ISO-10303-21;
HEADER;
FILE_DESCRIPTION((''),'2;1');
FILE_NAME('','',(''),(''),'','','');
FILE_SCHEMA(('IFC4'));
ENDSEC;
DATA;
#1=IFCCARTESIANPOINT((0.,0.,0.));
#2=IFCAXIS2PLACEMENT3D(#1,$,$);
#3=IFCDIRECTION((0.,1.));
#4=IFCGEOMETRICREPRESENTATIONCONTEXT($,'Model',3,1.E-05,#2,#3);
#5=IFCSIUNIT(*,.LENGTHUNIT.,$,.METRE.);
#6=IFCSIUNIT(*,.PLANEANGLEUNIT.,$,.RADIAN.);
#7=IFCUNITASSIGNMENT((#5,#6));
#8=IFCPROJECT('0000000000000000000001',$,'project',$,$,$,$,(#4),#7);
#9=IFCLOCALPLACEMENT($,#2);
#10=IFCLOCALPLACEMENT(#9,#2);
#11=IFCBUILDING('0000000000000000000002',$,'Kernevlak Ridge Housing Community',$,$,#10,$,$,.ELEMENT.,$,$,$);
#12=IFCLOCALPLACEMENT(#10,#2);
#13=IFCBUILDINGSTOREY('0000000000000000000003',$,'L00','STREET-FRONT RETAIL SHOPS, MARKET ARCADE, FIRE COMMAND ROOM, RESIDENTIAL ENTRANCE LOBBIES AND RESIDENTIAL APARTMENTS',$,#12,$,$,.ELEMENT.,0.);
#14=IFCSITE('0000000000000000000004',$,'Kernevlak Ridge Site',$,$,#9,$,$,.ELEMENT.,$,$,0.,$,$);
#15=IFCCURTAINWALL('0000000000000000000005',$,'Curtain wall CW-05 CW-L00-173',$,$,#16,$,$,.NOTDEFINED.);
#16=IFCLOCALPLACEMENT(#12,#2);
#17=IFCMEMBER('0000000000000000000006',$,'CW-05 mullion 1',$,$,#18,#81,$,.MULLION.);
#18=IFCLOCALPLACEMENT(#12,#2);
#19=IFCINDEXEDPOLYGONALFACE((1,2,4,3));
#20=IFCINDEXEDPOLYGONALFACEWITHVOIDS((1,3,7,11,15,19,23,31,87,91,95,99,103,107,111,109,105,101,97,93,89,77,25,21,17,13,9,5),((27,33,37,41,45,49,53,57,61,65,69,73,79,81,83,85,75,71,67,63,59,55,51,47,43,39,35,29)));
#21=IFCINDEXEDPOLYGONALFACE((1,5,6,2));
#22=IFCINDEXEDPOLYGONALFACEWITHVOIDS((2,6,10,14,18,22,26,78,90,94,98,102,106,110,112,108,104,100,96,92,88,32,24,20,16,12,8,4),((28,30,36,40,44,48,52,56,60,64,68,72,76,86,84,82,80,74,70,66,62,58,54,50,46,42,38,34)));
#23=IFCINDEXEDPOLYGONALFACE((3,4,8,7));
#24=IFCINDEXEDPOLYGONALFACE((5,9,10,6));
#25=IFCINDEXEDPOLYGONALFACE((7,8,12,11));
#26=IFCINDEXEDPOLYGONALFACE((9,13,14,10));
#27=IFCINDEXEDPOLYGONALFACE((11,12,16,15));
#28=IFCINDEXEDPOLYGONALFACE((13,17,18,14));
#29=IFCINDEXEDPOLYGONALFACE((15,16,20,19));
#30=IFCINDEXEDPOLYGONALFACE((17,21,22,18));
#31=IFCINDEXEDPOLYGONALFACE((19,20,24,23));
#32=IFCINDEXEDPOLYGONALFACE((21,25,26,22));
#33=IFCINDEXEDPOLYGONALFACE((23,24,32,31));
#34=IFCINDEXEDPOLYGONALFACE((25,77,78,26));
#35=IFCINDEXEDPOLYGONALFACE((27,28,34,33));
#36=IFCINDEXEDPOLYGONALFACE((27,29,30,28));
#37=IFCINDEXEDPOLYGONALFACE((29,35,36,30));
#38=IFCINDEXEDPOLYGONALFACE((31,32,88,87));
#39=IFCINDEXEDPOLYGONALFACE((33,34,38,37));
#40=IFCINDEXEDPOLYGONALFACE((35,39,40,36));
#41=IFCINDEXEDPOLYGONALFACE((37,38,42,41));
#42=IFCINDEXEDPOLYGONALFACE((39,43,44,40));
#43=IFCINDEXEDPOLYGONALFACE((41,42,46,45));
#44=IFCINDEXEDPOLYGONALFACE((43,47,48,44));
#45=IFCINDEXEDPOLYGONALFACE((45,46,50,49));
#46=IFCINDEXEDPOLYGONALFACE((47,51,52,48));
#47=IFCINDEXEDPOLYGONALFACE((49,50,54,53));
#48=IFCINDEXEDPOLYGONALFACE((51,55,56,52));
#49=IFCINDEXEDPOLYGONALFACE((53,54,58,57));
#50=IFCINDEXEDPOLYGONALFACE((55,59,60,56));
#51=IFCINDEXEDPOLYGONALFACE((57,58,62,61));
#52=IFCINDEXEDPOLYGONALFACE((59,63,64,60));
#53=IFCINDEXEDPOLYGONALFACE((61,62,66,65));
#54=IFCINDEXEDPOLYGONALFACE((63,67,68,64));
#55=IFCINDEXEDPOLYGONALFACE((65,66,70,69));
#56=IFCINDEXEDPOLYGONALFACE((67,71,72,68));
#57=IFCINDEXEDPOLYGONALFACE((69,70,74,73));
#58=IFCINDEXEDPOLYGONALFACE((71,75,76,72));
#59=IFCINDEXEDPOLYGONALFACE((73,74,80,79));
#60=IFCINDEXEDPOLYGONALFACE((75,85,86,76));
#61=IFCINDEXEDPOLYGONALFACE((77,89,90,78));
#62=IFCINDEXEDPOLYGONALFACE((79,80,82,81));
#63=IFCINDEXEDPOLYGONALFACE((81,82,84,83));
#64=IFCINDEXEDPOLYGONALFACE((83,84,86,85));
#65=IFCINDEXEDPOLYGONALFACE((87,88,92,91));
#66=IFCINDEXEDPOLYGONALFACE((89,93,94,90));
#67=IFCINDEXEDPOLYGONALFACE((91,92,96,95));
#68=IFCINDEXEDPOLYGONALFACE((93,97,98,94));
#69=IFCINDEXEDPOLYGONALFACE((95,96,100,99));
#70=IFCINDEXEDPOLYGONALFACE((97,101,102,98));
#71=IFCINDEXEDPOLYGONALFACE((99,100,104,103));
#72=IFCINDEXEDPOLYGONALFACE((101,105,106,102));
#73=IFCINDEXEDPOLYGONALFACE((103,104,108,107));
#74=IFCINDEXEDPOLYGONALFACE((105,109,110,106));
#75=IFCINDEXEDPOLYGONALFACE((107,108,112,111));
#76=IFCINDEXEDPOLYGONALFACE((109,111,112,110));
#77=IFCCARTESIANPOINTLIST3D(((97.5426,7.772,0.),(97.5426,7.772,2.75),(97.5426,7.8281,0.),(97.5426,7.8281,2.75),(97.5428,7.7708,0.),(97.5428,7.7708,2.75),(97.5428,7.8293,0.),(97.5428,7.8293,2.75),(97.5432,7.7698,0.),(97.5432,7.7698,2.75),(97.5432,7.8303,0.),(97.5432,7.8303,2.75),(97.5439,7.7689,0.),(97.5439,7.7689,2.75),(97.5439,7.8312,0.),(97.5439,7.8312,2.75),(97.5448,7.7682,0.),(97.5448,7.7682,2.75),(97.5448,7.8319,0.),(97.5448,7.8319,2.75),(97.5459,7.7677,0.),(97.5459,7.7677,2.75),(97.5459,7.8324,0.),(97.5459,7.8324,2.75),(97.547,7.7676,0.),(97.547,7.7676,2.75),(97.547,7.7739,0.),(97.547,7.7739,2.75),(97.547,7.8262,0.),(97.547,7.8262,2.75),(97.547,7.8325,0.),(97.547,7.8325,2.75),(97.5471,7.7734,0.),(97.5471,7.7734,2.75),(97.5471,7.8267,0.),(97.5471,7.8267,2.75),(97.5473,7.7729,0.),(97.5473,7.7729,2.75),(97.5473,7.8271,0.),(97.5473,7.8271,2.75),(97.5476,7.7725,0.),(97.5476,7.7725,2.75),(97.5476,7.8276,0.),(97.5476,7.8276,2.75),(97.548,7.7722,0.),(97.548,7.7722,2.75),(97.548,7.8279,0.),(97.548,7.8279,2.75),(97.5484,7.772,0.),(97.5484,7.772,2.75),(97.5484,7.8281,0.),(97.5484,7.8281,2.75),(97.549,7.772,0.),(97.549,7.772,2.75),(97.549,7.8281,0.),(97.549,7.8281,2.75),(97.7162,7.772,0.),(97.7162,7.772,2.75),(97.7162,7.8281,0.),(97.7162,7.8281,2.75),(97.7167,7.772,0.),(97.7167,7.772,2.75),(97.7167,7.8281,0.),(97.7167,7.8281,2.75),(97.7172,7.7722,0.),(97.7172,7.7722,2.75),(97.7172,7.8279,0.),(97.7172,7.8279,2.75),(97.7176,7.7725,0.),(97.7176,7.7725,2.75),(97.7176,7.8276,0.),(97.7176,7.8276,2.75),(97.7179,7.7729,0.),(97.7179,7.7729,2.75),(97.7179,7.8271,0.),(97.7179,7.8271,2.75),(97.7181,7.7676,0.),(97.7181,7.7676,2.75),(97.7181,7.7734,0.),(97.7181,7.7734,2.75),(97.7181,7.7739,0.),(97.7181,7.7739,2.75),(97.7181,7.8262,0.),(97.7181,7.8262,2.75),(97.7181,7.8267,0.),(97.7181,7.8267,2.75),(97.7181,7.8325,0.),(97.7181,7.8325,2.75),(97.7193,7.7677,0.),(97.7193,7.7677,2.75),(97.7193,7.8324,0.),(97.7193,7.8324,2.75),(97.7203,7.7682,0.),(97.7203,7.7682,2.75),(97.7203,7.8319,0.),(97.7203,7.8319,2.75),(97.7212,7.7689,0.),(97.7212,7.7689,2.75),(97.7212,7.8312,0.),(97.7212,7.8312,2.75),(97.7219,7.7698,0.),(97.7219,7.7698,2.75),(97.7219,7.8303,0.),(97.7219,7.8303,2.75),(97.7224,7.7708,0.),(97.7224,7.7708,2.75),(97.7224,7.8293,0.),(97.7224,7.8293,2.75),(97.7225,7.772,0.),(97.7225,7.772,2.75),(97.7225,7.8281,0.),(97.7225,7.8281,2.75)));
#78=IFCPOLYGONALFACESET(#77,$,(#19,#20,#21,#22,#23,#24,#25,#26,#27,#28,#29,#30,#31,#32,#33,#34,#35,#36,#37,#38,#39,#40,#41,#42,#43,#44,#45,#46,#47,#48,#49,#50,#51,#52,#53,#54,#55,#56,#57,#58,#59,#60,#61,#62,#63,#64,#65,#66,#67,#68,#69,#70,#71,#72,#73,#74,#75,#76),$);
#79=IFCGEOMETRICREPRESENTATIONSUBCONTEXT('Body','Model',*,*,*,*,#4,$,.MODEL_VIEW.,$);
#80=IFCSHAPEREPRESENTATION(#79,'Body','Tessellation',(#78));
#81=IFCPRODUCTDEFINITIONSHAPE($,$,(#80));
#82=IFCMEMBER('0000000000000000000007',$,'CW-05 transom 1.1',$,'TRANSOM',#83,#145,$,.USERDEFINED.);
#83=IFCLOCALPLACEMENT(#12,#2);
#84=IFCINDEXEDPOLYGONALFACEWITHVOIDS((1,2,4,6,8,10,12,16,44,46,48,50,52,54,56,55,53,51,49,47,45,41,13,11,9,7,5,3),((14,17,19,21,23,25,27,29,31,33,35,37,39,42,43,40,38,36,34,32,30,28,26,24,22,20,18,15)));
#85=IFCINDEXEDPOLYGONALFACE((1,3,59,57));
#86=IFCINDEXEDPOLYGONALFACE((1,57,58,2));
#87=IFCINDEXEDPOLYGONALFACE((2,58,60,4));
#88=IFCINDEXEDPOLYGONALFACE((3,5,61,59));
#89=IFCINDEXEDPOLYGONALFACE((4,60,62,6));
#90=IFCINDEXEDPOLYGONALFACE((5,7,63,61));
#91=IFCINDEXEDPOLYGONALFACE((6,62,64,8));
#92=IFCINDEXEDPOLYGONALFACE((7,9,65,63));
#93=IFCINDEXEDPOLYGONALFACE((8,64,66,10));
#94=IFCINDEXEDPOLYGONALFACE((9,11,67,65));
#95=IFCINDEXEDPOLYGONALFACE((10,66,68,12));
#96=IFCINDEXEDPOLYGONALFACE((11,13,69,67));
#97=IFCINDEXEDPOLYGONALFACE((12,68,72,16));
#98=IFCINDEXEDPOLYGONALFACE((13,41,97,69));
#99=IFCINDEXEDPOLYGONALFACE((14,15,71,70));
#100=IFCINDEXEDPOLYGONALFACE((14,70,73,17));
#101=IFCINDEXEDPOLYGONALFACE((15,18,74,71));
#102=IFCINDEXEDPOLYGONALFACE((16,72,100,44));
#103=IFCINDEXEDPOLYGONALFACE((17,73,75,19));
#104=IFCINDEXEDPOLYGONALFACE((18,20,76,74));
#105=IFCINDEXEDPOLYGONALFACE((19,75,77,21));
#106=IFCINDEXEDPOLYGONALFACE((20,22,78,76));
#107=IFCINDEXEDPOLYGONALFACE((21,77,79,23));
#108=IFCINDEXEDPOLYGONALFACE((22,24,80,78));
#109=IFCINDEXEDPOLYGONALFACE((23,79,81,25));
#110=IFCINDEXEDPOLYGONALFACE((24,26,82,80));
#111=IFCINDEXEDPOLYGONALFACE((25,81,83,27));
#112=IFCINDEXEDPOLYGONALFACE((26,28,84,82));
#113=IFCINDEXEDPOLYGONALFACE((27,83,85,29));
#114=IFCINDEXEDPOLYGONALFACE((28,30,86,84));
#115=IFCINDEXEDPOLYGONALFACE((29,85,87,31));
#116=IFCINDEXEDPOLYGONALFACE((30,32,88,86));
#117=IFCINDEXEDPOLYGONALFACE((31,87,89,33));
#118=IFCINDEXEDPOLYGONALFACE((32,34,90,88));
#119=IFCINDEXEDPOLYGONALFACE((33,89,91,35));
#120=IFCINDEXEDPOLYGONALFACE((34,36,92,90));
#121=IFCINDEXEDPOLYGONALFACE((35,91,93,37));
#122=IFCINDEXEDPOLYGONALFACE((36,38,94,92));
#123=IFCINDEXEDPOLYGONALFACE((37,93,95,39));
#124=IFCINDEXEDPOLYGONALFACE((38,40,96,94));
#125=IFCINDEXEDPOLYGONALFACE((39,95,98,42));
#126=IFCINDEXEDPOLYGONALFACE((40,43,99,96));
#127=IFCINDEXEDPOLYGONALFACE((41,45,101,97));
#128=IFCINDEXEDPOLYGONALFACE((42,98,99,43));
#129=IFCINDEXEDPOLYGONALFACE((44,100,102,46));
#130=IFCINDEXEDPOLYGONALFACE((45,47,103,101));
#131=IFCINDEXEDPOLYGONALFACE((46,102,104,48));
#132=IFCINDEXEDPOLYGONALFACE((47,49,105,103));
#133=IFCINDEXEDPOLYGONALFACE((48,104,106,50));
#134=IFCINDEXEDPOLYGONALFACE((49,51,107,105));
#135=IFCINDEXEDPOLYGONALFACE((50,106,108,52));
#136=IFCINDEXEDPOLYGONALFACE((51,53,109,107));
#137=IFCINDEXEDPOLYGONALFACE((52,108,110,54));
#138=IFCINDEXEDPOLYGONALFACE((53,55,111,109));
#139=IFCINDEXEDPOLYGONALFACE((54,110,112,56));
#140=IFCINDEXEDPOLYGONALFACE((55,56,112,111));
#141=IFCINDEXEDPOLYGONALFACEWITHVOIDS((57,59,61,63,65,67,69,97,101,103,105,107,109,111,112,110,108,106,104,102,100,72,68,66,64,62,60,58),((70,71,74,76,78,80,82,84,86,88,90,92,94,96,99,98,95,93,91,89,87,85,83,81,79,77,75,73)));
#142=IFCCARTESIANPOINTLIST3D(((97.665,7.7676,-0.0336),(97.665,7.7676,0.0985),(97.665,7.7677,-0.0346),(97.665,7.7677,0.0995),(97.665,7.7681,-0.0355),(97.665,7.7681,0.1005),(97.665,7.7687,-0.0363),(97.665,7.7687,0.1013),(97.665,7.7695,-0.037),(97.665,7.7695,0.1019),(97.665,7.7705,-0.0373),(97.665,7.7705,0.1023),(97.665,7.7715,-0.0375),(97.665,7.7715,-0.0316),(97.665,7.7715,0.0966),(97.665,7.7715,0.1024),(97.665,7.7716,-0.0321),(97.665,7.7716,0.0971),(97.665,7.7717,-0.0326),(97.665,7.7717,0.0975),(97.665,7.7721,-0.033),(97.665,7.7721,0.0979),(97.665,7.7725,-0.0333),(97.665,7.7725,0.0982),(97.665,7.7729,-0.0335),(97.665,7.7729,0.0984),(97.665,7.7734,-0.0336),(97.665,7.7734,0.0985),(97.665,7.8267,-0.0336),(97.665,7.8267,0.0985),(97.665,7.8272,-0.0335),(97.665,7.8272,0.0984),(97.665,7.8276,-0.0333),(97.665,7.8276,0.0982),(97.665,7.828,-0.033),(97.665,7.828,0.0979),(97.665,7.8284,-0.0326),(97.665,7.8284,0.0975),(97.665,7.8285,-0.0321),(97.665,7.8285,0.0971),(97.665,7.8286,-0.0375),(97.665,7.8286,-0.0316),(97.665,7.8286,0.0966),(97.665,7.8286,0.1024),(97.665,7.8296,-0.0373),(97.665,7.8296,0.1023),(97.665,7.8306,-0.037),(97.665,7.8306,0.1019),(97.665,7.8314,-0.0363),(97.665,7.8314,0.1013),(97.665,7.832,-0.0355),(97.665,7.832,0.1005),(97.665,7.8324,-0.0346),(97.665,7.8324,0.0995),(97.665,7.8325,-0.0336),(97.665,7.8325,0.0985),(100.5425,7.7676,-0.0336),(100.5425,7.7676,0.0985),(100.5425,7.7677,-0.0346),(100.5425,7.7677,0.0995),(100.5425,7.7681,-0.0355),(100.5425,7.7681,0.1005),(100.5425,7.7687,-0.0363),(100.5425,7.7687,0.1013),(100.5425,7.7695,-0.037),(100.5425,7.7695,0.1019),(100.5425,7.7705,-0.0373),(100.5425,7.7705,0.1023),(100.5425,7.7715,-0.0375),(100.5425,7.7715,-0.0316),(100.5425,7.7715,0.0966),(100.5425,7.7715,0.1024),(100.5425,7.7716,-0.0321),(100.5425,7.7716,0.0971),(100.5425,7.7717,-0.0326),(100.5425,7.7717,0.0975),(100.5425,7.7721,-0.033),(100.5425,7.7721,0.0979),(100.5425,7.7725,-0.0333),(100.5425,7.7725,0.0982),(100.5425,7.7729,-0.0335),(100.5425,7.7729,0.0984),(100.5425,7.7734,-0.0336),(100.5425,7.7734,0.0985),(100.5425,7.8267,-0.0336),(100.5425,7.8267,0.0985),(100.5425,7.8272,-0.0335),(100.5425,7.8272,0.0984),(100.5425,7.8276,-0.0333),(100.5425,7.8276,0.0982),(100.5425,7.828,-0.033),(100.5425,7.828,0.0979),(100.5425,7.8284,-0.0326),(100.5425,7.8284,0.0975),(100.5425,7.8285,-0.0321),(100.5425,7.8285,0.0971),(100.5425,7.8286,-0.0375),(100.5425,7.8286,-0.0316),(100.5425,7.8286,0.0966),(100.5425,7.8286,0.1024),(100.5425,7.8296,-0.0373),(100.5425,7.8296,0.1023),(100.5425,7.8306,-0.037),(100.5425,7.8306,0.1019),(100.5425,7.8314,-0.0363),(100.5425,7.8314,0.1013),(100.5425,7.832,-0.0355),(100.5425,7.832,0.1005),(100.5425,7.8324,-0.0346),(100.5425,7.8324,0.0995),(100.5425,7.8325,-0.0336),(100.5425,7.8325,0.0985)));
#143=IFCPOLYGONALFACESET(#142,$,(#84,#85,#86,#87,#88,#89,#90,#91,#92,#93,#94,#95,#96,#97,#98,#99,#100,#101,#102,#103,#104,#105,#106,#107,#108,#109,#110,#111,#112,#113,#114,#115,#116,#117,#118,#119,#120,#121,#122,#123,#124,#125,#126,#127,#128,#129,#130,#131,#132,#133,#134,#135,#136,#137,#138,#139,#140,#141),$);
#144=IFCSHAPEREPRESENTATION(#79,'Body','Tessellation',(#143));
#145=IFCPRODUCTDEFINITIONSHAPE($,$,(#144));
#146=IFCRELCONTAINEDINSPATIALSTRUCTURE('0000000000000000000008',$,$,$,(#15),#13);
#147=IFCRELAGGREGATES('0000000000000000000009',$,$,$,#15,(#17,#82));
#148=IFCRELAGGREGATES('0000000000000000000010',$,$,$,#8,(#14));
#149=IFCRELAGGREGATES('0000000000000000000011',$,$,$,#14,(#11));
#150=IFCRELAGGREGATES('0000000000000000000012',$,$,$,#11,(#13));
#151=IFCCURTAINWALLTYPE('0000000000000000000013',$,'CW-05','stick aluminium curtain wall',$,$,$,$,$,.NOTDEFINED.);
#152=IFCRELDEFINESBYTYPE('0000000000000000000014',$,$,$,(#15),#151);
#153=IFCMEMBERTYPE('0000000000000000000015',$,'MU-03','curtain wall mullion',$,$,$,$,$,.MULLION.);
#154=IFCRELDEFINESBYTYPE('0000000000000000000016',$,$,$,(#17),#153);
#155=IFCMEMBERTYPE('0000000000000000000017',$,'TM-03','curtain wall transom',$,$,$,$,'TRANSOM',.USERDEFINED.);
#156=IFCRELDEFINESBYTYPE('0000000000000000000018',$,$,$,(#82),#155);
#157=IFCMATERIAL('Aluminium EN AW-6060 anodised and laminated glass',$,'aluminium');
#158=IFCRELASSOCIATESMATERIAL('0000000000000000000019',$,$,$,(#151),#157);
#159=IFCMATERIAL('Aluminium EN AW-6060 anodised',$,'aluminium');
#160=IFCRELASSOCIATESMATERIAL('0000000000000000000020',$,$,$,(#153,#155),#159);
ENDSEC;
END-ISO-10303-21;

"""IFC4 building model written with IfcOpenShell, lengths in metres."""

from ifc_helpers import new_model, si_unit, direction, frame, origin, origin_2d, place, context, subcontext, project, spatial, hollow_rectangle, extrude, material, material_profile, profile_set, type_object, element, aggregate, save


model = new_model("IFC4")

# Units and contexts
model_context = context("Model", 3, precision=1e-05, world=origin(), true_north=direction((0.0, 1.0)))
body_context = subcontext(model_context, "Body", "Model", "MODEL_VIEW")
ifc_project = project(units=[si_unit("LENGTHUNIT", "METRE"), si_unit("PLANEANGLEUNIT", "RADIAN")], contexts=[model_context])

# Site, building, storey
site_placement = place(None, origin())
site = spatial("IfcSite", under=ifc_project, at=site_placement, Name="Kernevlak Ridge Site", CompositionType="ELEMENT", RefElevation=0.0)
building_placement = place(site_placement, origin())
building = spatial("IfcBuilding", under=site, at=building_placement, Name="Kernevlak Ridge Housing Community", CompositionType="ELEMENT")
storey_placement = place(building_placement, origin())
storey = spatial("IfcBuildingStorey", under=building, at=storey_placement, Name="L00", Description="STREET-FRONT RETAIL SHOPS, MARKET ARCADE, FIRE COMMAND ROOM, RESIDENTIAL ENTRANCE LOBBIES AND RESIDENTIAL APARTMENTS", CompositionType="ELEMENT", Elevation=0.0)

# Curtain wall, members
ifc_material_1 = material(Name="Aluminium EN AW-6060 anodised and laminated glass", Category="aluminium")
curtain_wall_type = type_object("IfcCurtainWallType", Name="CW-05", Description="stick aluminium curtain wall", PredefinedType="NOTDEFINED", material=ifc_material_1)
curtain_wall_placement = place(storey_placement, origin())
curtain_wall = element("IfcCurtainWall", 1, at=curtain_wall_placement, inside=storey, type_object=curtain_wall_type, Name="Curtain wall CW-05 CW-L00-173", PredefinedType="NOTDEFINED")
ifc_material_2 = material(Name="Aluminium EN AW-6060 anodised", Category="aluminium")
ifc_material_profile_1 = material_profile(ifc_material_2, hollow_rectangle(XDim=0.0649, YDim=0.1799, WallThickness=0.0044, InnerFilletRadius=0.002, OuterFilletRadius=0.0044, at=origin_2d()), Name="ALU 65x180x4.5")
ifc_profile_set_1 = profile_set([ifc_material_profile_1], Name="Aluminium EN AW-6060 anodised")
member_type_1 = type_object("IfcMemberType", Name="MU-03", Description="curtain wall mullion", PredefinedType="MULLION", material=ifc_profile_set_1)
member_1_placement = place(storey_placement, frame((97.6326, 7.8, 0.0), z_axis=(0.0, 0.0, 1.0), x_axis=(0.0, 1.0, 0.0)))
member_1 = element("IfcMember", 2, at=member_1_placement, type_object=member_type_1, Name="CW-05 mullion 1", PredefinedType="MULLION", context=body_context, shape_type="SweptSolid", body=[
    extrude(hollow_rectangle(XDim=0.0649, YDim=0.1799, WallThickness=0.0044, InnerFilletRadius=0.002, OuterFilletRadius=0.0044, at=origin_2d()), origin(), (0.0, 0.0, 1.0), 2.75),
])
ifc_material_profile_2 = material_profile(ifc_material_2, hollow_rectangle(XDim=0.0649, YDim=0.1399, WallThickness=0.0039, InnerFilletRadius=0.002, OuterFilletRadius=0.0039, at=origin_2d()), Name="ALU 65x140x4")
ifc_profile_set_2 = profile_set([ifc_material_profile_2], Name="Aluminium EN AW-6060 anodised")
member_type_2 = type_object("IfcMemberType", Name="TM-03", Description="curtain wall transom", ElementType="TRANSOM", PredefinedType="USERDEFINED", material=ifc_profile_set_2)
member_2_placement = place(storey_placement, frame((97.665, 7.8, 0.0325), z_axis=(1.0, 0.0, 0.0), x_axis=(0.0, 1.0, 0.0)))
member_2 = element("IfcMember", 3, at=member_2_placement, type_object=member_type_2, Name="CW-05 transom 1.1", ObjectType="TRANSOM", PredefinedType="USERDEFINED", context=body_context, shape_type="SweptSolid", body=[
    extrude(hollow_rectangle(XDim=0.0649, YDim=0.1399, WallThickness=0.0039, InnerFilletRadius=0.002, OuterFilletRadius=0.0039, at=origin_2d()), origin(), (0.0, 0.0, 1.0), 2.8774),
])
aggregate(curtain_wall, [member_1, member_2])

save(model, "model.ifc")
